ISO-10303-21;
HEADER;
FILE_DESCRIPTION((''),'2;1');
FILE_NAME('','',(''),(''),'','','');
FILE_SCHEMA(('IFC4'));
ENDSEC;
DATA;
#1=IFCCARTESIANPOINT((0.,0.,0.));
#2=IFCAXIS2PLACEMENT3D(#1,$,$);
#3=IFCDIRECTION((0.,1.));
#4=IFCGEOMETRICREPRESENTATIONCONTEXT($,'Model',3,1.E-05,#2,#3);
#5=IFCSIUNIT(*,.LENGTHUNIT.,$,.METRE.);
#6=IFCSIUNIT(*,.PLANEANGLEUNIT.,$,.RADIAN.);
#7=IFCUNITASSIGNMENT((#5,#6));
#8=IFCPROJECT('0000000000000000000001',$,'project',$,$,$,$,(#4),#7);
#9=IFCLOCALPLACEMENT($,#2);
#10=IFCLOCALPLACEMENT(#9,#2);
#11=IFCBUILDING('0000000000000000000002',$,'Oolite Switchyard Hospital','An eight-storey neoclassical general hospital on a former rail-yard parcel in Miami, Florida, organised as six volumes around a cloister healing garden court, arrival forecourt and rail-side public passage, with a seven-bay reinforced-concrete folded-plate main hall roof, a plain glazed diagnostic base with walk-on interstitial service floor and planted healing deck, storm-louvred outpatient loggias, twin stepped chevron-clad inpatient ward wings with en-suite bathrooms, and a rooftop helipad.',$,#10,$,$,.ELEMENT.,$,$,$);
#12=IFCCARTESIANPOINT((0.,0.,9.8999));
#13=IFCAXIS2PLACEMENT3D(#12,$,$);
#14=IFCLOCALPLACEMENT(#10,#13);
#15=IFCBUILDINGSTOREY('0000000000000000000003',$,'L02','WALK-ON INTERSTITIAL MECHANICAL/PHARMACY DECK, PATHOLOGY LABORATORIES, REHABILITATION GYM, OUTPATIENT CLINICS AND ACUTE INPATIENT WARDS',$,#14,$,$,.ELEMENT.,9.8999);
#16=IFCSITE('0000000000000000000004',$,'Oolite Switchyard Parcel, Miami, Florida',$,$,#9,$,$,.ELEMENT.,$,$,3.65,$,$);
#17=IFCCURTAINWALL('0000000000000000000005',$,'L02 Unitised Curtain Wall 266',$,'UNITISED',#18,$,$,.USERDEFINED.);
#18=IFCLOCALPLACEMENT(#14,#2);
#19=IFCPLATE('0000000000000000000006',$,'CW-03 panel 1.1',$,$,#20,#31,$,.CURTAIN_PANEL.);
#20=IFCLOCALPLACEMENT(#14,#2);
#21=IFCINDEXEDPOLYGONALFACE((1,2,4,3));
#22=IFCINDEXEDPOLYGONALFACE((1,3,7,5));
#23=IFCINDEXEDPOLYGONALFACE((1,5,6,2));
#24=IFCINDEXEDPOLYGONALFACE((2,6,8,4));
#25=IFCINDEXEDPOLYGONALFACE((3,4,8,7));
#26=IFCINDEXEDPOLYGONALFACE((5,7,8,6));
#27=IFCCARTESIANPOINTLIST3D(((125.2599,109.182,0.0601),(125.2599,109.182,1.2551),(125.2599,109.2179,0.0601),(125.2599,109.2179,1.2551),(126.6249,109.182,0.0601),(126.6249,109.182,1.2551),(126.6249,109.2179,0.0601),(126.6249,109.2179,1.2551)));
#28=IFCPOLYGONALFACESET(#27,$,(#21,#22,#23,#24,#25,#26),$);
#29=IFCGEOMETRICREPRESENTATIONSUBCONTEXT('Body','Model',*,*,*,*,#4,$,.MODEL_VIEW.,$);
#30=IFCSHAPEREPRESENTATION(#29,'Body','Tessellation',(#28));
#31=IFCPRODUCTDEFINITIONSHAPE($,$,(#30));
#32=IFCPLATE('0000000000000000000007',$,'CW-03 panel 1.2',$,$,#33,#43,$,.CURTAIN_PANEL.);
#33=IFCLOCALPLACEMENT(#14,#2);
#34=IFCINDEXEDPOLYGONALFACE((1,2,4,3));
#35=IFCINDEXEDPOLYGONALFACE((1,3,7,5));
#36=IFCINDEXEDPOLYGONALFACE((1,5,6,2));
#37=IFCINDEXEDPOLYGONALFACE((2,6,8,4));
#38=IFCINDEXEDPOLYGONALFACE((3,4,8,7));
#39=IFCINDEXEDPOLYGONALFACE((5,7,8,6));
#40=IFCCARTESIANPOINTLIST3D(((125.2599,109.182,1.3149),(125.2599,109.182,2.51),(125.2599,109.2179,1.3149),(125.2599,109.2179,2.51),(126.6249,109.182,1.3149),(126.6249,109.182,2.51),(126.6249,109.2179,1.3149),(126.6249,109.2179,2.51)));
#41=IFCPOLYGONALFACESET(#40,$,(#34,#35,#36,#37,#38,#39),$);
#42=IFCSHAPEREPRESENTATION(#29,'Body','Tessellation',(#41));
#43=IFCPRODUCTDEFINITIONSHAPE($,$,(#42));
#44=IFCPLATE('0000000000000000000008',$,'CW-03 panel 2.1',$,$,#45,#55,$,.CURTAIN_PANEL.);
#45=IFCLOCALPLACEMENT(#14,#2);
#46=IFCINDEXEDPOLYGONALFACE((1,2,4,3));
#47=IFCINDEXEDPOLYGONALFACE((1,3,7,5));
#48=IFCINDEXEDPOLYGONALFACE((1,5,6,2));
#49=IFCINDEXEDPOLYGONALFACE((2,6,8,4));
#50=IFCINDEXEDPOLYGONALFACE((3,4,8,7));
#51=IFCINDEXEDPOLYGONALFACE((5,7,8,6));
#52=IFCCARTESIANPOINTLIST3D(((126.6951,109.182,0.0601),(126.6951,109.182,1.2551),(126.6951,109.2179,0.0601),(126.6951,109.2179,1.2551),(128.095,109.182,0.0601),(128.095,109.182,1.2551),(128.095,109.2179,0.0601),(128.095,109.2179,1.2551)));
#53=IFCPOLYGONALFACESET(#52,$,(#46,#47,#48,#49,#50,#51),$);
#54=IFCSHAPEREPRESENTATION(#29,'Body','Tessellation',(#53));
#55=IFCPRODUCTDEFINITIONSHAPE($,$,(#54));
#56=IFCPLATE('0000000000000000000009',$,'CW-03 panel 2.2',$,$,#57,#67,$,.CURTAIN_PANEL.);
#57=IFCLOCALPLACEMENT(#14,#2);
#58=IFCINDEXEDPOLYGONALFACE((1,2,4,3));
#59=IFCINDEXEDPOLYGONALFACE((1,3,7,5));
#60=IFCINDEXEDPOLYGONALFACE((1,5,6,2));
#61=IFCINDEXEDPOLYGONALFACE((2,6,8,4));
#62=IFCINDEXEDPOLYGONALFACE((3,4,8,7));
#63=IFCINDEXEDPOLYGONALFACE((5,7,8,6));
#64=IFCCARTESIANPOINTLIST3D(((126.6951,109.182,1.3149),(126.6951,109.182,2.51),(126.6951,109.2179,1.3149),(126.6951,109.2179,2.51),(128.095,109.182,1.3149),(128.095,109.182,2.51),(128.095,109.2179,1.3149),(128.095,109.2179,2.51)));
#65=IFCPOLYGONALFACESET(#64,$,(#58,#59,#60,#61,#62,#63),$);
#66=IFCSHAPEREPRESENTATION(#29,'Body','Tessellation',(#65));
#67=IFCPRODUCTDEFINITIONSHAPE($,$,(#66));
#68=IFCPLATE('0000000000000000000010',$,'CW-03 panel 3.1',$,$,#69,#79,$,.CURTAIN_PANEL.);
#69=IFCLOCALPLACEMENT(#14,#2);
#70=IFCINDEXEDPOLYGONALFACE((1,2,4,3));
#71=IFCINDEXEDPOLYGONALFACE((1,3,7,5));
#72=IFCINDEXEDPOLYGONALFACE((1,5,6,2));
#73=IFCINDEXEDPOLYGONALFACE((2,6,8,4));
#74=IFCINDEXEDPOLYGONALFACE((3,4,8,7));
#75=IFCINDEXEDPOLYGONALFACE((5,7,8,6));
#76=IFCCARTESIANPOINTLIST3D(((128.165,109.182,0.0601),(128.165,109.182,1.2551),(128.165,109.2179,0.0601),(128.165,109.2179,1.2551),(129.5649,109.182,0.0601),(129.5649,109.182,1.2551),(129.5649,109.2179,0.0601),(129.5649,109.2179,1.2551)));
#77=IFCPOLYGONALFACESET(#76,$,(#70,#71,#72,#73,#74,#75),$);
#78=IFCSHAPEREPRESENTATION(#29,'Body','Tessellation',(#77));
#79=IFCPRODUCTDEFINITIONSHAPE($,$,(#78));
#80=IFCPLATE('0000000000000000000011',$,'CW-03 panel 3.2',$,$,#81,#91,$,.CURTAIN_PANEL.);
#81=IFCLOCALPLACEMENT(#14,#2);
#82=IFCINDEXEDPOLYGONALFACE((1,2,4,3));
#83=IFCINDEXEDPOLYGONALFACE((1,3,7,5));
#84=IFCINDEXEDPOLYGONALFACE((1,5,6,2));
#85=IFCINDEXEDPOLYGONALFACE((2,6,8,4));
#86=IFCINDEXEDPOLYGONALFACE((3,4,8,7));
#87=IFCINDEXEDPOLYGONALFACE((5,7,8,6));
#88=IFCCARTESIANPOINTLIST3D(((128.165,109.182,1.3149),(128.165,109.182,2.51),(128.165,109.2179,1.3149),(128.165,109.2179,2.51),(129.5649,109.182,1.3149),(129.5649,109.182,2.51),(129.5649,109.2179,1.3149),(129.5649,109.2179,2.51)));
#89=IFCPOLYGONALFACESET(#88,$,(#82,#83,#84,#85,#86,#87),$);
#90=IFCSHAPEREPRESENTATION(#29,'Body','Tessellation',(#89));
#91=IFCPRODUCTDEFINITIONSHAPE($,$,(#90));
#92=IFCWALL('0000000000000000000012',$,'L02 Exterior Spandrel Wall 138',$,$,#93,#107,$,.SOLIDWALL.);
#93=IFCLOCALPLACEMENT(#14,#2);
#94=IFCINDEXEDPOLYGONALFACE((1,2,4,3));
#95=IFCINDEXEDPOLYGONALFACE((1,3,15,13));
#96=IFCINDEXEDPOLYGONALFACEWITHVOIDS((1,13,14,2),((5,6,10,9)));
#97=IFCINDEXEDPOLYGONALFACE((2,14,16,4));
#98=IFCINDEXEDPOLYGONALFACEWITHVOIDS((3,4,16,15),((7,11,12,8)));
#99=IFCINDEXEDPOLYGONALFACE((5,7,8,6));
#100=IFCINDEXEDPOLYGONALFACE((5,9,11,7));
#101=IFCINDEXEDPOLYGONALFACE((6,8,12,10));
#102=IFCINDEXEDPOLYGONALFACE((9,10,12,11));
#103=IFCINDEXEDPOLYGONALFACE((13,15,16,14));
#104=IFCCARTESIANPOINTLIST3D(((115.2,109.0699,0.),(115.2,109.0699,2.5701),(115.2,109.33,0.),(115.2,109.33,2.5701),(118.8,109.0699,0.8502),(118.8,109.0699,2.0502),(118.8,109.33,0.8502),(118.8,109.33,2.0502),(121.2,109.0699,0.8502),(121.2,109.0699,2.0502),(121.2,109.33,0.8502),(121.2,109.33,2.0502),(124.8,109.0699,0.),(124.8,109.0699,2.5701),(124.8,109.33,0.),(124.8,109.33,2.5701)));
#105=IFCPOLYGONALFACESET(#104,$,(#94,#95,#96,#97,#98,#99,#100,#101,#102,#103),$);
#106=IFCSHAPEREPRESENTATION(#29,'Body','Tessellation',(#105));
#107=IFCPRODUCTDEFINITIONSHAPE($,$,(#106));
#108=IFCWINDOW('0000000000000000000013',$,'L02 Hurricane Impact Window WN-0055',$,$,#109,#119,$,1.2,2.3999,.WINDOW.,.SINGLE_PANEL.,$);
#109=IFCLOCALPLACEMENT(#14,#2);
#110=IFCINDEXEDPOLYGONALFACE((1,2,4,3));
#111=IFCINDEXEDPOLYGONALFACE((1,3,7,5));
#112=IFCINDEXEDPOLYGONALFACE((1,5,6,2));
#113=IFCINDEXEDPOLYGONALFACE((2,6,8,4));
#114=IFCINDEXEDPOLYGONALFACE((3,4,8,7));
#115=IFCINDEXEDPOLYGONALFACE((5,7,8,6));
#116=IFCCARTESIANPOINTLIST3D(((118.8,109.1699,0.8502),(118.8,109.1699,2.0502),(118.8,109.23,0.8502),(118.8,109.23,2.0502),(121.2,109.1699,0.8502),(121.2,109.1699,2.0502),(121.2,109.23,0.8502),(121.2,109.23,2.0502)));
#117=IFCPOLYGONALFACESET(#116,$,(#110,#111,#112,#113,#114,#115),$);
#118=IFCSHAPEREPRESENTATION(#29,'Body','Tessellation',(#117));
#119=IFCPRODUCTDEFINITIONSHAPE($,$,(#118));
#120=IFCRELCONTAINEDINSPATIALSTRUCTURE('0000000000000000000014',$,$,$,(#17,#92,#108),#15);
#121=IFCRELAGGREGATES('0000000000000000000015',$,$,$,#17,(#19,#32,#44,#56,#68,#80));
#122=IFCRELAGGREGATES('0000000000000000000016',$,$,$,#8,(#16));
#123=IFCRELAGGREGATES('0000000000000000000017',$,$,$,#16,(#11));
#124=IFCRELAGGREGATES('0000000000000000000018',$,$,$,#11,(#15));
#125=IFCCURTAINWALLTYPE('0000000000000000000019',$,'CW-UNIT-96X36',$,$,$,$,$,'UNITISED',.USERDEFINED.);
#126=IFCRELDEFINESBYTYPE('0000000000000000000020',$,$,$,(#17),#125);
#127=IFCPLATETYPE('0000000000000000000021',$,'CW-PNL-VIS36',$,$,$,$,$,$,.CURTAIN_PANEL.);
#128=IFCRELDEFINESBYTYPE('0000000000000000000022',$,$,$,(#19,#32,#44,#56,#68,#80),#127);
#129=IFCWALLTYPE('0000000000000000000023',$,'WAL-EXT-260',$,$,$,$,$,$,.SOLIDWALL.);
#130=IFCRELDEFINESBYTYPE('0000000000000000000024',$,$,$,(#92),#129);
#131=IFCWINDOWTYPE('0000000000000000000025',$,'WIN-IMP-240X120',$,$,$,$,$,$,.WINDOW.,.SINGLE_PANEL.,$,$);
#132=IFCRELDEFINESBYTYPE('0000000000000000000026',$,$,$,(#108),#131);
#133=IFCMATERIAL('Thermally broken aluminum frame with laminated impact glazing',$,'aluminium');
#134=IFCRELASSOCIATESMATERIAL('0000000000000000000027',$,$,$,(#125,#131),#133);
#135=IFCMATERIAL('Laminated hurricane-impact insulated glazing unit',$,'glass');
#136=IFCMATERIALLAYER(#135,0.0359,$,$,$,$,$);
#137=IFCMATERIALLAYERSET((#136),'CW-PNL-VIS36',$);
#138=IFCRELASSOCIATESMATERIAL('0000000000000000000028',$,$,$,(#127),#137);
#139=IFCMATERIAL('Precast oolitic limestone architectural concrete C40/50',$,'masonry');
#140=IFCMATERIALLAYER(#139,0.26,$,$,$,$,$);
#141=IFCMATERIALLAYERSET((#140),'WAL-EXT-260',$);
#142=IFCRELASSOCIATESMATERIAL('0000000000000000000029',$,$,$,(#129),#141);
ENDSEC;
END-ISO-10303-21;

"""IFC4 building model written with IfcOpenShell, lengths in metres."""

from ifc_helpers import new_model, si_unit, direction, frame, frame_2d, origin, origin_2d, place, context, subcontext, project, spatial, rectangle, extrude, material, layer, layer_set, type_object, element, fill, aggregate, save


model = new_model("IFC4")

# Units and contexts
model_context = context("Model", 3, precision=1e-05, world=origin(), true_north=direction((0.0, 1.0)))
body_context = subcontext(model_context, "Body", "Model", "MODEL_VIEW")
ifc_project = project(units=[si_unit("LENGTHUNIT", "METRE"), si_unit("PLANEANGLEUNIT", "RADIAN")], contexts=[model_context])

# Site, building, storey
site_placement = place(None, origin())
site = spatial("IfcSite", under=ifc_project, at=site_placement, Name="Oolite Switchyard Parcel, Miami, Florida", CompositionType="ELEMENT", RefElevation=3.65)
building_placement = place(site_placement, origin())
building = spatial("IfcBuilding", under=site, at=building_placement, Name="Oolite Switchyard Hospital", Description="An eight-storey neoclassical general hospital on a former rail-yard parcel in Miami, Florida, organised as six volumes around a cloister healing garden court, arrival forecourt and rail-side public passage, with a seven-bay reinforced-concrete folded-plate main hall roof, a plain glazed diagnostic base with walk-on interstitial service floor and planted healing deck, storm-louvred outpatient loggias, twin stepped chevron-clad inpatient ward wings with en-suite bathrooms, and a rooftop helipad.", CompositionType="ELEMENT")
storey_placement = place(building_placement, frame((0.0, 0.0, 9.8999)))
storey = spatial("IfcBuildingStorey", under=building, at=storey_placement, Name="L02", Description="WALK-ON INTERSTITIAL MECHANICAL/PHARMACY DECK, PATHOLOGY LABORATORIES, REHABILITATION GYM, OUTPATIENT CLINICS AND ACUTE INPATIENT WARDS", CompositionType="ELEMENT", Elevation=9.8999)

# Curtain wall, plates
ifc_material_1 = material(Name="Thermally broken aluminum frame with laminated impact glazing", Category="aluminium")
curtain_wall_type = type_object("IfcCurtainWallType", Name="CW-UNIT-96X36", ElementType="UNITISED", PredefinedType="USERDEFINED", material=ifc_material_1)
curtain_wall_placement = place(storey_placement, origin())
curtain_wall = element("IfcCurtainWall", 1, at=curtain_wall_placement, inside=storey, type_object=curtain_wall_type, Name="L02 Unitised Curtain Wall 266", ObjectType="UNITISED", PredefinedType="USERDEFINED")
ifc_material_2 = material(Name="Laminated hurricane-impact insulated glazing unit", Category="glass")
ifc_layer_1 = layer(ifc_material_2, 0.0359)
ifc_layer_set_1 = layer_set([ifc_layer_1], Name="CW-PNL-VIS36")
plate_type = type_object("IfcPlateType", Name="CW-PNL-VIS36", PredefinedType="CURTAIN_PANEL", material=ifc_layer_set_1)
plate_1_placement = place(storey_placement, frame((125.9424, 109.2, 0.0601), z_axis=(0.0, 0.0, 1.0), x_axis=(1.0, 0.0, 0.0)))
plate_1 = element("IfcPlate", 2, at=plate_1_placement, type_object=plate_type, Name="CW-03 panel 1.1", PredefinedType="CURTAIN_PANEL", context=body_context, shape_type="SweptSolid", body=[
    extrude(rectangle(XDim=1.365, YDim=0.0359, at=origin_2d()), origin(), (0.0, 0.0, 1.0), 1.1951),
])
plate_2_placement = place(storey_placement, frame((125.9424, 109.2, 1.3149), z_axis=(0.0, 0.0, 1.0), x_axis=(1.0, 0.0, 0.0)))
plate_2 = element("IfcPlate", 3, at=plate_2_placement, type_object=plate_type, Name="CW-03 panel 1.2", PredefinedType="CURTAIN_PANEL", context=body_context, shape_type="SweptSolid", body=[
    extrude(rectangle(XDim=1.365, YDim=0.0359, at=origin_2d()), origin(), (0.0, 0.0, 1.0), 1.1951),
])
plate_3_placement = place(storey_placement, frame((127.395, 109.2, 0.0601), z_axis=(0.0, 0.0, 1.0), x_axis=(1.0, 0.0, 0.0)))
plate_3 = element("IfcPlate", 4, at=plate_3_placement, type_object=plate_type, Name="CW-03 panel 2.1", PredefinedType="CURTAIN_PANEL", context=body_context, shape_type="SweptSolid", body=[
    extrude(rectangle(XDim=1.3999, YDim=0.0359, at=origin_2d()), origin(), (0.0, 0.0, 1.0), 1.1951),
])
plate_4_placement = place(storey_placement, frame((127.395, 109.2, 1.3149), z_axis=(0.0, 0.0, 1.0), x_axis=(1.0, 0.0, 0.0)))
plate_4 = element("IfcPlate", 5, at=plate_4_placement, type_object=plate_type, Name="CW-03 panel 2.2", PredefinedType="CURTAIN_PANEL", context=body_context, shape_type="SweptSolid", body=[
    extrude(rectangle(XDim=1.3999, YDim=0.0359, at=origin_2d()), origin(), (0.0, 0.0, 1.0), 1.1951),
])
plate_5_placement = place(storey_placement, frame((128.865, 109.2, 0.0601), z_axis=(0.0, 0.0, 1.0), x_axis=(1.0, 0.0, 0.0)))
plate_5 = element("IfcPlate", 6, at=plate_5_placement, type_object=plate_type, Name="CW-03 panel 3.1", PredefinedType="CURTAIN_PANEL", context=body_context, shape_type="SweptSolid", body=[
    extrude(rectangle(XDim=1.3999, YDim=0.0359, at=origin_2d()), origin(), (0.0, 0.0, 1.0), 1.1951),
])
plate_6_placement = place(storey_placement, frame((128.865, 109.2, 1.3149), z_axis=(0.0, 0.0, 1.0), x_axis=(1.0, 0.0, 0.0)))
plate_6 = element("IfcPlate", 7, at=plate_6_placement, type_object=plate_type, Name="CW-03 panel 3.2", PredefinedType="CURTAIN_PANEL", context=body_context, shape_type="SweptSolid", body=[
    extrude(rectangle(XDim=1.3999, YDim=0.0359, at=origin_2d()), origin(), (0.0, 0.0, 1.0), 1.1951),
])
aggregate(curtain_wall, [plate_1, plate_2, plate_3, plate_4, plate_5, plate_6])

# Wall, opening, window
ifc_material_3 = material(Name="Precast oolitic limestone architectural concrete C40/50", Category="masonry")
ifc_layer_2 = layer(ifc_material_3, 0.26)
ifc_layer_set_2 = layer_set([ifc_layer_2], Name="WAL-EXT-260")
wall_type = type_object("IfcWallType", Name="WAL-EXT-260", PredefinedType="SOLIDWALL", material=ifc_layer_set_2)
wall_placement = place(storey_placement, frame((115.2, 109.2, 0.0), z_axis=(0.0, 0.0, 1.0), x_axis=(1.0, 0.0, 0.0)))
wall = element("IfcWall", 8, at=wall_placement, inside=storey, type_object=wall_type, Name="L02 Exterior Spandrel Wall 138", PredefinedType="SOLIDWALL", context=body_context, shape_type="SweptSolid", body=[
    extrude(rectangle(XDim=9.6001, YDim=0.26, at=frame_2d((4.8, 0.0))), origin(), (0.0, 0.0, 1.0), 2.5701),
])
opening_placement = place(wall_placement, frame((3.6001, 0.0, 0.8501)))
opening = element("IfcOpeningElement", 9, at=opening_placement, cuts=wall, PredefinedType="OPENING", context=body_context, shape_type="SweptSolid", body=[
    extrude(rectangle(XDim=2.3999, YDim=1.2, at=frame_2d((1.2, 0.6001))), frame((0.0, 0.1401, 0.0), z_axis=(0.0, -1.0, 0.0), x_axis=(1.0, 0.0, 0.0)), (0.0, 0.0, 1.0), 0.28),
])
window_type = type_object("IfcWindowType", Name="WIN-IMP-240X120", PartitioningType="SINGLE_PANEL", PredefinedType="WINDOW", material=ifc_material_1)
window_placement = place(opening_placement, origin())
window = element("IfcWindow", 10, at=window_placement, inside=storey, type_object=window_type, Name="L02 Hurricane Impact Window WN-0055", OverallHeight=1.2, OverallWidth=2.3999, PartitioningType="SINGLE_PANEL", PredefinedType="WINDOW", context=body_context, shape_type="SweptSolid", body=[
    extrude(rectangle(XDim=2.3999, YDim=1.2, at=frame_2d((1.2, 0.6001))), frame((0.0, 0.03, 0.0), z_axis=(0.0, -1.0, 0.0), x_axis=(1.0, 0.0, 0.0)), (0.0, 0.0, 1.0), 0.0601),
])
fill(opening, window)

save(model, "model.ifc")
